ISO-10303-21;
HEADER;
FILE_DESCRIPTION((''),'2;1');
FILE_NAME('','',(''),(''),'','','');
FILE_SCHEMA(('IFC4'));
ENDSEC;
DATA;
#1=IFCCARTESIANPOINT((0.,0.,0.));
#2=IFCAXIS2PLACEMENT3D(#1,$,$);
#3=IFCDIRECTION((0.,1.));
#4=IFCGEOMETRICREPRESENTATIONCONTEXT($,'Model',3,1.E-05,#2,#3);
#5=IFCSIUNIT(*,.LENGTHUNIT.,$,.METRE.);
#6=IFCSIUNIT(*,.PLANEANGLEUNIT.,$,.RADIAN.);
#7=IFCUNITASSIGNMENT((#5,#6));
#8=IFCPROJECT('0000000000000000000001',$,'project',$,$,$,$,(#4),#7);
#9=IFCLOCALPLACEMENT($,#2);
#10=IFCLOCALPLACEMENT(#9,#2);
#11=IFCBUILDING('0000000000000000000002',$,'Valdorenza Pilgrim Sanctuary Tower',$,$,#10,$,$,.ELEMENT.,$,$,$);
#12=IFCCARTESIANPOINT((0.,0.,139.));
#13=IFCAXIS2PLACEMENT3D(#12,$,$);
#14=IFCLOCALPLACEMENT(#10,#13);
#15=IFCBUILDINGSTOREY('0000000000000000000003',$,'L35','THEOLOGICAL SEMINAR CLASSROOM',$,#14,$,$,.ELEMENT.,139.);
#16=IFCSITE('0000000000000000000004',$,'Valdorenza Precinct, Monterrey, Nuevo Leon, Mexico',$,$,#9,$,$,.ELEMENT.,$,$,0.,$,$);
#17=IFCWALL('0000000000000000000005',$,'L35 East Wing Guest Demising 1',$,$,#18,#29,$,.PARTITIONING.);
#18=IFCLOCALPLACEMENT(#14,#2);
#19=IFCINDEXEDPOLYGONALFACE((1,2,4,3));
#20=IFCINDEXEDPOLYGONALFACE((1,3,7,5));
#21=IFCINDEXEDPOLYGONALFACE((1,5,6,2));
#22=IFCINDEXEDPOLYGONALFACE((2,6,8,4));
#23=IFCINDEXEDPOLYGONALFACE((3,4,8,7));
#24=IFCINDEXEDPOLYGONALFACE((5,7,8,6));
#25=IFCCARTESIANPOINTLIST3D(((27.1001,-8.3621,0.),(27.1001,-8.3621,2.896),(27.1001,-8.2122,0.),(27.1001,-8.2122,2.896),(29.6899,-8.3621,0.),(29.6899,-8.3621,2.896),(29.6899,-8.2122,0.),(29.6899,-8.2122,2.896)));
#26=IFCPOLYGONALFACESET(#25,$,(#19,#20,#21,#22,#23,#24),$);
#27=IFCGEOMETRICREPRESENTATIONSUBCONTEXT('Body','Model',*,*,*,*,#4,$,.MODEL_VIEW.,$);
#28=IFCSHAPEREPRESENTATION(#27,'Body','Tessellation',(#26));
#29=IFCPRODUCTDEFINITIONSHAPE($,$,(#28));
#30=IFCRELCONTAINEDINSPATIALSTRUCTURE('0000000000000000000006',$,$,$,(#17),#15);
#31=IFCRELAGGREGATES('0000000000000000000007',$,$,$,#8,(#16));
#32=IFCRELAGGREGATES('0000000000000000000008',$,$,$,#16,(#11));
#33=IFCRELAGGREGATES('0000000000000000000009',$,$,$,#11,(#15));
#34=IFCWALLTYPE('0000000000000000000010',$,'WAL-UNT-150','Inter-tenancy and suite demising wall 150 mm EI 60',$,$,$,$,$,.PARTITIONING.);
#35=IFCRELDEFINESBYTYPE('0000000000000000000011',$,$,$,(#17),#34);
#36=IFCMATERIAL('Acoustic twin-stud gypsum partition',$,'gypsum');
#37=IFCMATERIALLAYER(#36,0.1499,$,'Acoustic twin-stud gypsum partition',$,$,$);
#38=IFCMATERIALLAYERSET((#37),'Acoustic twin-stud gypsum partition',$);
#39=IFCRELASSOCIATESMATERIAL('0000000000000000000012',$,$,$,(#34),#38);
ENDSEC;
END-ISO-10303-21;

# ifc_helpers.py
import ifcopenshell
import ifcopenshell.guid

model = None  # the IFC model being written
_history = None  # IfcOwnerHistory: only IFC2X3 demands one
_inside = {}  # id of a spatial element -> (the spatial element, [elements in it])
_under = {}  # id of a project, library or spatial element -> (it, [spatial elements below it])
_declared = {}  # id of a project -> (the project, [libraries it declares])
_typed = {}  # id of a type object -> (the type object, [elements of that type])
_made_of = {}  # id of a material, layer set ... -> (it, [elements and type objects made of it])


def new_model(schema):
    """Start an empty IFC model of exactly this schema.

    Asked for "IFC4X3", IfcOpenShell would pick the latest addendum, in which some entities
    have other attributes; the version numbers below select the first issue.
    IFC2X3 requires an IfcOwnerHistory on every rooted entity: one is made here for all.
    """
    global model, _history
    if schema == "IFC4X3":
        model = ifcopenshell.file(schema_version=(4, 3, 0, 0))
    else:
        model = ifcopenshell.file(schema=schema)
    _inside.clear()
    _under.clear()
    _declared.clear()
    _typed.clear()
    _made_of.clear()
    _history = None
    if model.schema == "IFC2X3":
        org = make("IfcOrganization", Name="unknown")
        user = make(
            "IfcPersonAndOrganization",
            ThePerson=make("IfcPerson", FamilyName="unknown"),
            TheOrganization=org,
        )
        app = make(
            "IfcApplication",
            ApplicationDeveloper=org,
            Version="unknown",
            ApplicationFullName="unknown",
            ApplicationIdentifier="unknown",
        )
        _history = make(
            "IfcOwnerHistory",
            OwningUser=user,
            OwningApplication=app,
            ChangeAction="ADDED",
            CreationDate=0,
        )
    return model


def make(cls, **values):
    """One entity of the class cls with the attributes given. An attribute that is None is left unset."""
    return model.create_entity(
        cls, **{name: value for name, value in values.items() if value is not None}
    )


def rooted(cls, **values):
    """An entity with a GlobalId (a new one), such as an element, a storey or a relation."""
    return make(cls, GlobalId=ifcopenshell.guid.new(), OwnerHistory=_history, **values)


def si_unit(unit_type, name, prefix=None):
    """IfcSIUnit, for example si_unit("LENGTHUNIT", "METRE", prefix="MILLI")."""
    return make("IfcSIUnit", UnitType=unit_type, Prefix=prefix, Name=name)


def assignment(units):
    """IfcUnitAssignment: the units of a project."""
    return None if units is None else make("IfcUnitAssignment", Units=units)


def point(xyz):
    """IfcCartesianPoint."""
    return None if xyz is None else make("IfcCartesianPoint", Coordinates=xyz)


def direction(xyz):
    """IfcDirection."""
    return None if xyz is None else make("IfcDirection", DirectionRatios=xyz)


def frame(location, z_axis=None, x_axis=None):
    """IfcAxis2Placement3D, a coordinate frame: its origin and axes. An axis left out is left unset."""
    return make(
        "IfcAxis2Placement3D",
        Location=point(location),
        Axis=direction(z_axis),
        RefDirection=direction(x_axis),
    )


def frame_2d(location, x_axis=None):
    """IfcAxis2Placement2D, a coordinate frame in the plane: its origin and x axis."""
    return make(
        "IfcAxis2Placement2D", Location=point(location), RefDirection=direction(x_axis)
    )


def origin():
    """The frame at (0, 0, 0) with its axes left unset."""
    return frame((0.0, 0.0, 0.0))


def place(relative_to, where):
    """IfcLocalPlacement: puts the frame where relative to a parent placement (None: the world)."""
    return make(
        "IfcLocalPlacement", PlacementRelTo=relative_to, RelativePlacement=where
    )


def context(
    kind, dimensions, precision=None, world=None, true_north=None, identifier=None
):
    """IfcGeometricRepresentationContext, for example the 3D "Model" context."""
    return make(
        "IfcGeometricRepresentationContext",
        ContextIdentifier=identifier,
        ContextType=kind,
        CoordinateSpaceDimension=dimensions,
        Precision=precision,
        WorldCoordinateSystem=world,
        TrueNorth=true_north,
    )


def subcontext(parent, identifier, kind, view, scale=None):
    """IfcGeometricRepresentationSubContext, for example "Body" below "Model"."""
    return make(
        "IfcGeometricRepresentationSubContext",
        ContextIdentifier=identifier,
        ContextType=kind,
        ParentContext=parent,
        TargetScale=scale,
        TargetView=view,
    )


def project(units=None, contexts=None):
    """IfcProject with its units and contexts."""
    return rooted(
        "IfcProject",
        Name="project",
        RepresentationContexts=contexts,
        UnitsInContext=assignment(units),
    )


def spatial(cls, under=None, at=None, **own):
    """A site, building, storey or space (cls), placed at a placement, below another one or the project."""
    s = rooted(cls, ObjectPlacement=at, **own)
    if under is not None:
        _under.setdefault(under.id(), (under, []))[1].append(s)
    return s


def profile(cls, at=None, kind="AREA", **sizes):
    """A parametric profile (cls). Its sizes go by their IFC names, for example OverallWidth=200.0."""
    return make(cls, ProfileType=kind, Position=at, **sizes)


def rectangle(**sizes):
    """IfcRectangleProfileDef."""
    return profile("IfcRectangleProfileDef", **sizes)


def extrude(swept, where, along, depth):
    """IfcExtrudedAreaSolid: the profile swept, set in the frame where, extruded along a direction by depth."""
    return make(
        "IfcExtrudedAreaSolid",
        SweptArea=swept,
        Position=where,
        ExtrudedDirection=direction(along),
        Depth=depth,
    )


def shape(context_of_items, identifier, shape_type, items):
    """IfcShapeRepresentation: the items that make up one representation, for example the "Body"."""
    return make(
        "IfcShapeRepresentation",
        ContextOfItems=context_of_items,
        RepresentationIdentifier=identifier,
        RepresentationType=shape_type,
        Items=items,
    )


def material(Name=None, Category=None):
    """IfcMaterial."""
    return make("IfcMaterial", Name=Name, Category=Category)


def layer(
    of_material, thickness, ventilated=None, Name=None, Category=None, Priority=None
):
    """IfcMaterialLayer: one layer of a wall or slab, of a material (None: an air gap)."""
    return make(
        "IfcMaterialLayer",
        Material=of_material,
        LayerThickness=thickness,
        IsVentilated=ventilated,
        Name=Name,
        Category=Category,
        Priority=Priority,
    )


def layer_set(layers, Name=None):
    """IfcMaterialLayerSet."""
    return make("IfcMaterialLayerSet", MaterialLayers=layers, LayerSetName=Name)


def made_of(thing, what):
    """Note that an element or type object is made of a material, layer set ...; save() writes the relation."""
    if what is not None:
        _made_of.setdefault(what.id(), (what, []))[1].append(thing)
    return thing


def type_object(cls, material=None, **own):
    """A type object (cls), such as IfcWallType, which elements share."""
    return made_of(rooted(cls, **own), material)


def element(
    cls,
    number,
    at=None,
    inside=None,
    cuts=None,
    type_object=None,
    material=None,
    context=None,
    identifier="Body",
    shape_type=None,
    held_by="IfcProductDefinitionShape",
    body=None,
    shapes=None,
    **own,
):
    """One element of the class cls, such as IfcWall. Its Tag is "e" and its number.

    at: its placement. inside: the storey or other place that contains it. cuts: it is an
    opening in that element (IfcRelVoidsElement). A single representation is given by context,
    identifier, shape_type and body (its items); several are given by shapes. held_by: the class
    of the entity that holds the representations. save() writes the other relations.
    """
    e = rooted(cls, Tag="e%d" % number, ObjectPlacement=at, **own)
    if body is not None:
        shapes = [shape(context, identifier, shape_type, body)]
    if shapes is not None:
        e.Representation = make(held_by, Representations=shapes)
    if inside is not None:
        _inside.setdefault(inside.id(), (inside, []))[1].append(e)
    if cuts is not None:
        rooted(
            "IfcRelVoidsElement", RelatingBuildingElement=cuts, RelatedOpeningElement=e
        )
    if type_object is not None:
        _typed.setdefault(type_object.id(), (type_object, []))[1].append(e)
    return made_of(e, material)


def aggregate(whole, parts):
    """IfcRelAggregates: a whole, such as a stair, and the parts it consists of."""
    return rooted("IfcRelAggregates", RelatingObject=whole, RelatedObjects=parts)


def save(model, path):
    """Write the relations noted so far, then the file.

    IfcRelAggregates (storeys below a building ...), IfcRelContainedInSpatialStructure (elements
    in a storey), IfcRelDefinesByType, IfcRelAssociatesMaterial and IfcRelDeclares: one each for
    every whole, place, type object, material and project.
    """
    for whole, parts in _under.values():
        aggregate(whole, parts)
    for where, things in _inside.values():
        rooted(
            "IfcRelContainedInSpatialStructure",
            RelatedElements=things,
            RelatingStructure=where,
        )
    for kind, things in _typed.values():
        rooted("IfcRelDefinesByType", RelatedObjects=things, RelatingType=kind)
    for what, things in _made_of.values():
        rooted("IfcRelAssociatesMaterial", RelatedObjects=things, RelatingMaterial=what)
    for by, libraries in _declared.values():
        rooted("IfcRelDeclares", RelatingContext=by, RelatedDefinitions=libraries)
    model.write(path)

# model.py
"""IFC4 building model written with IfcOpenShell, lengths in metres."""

from ifc_helpers import new_model, si_unit, direction, frame, frame_2d, origin, place, context, subcontext, project, spatial, rectangle, extrude, material, layer, layer_set, type_object, element, save


model = new_model("IFC4")

# Units and contexts
model_context = context("Model", 3, precision=1e-05, world=origin(), true_north=direction((0.0, 1.0)))
body_context = subcontext(model_context, "Body", "Model", "MODEL_VIEW")
ifc_project = project(units=[si_unit("LENGTHUNIT", "METRE"), si_unit("PLANEANGLEUNIT", "RADIAN")], contexts=[model_context])

# Site, building, storey
site_placement = place(None, origin())
site = spatial("IfcSite", under=ifc_project, at=site_placement, Name="Valdorenza Precinct, Monterrey, Nuevo Leon, Mexico", CompositionType="ELEMENT", RefElevation=0.0)
building_placement = place(site_placement, origin())
building = spatial("IfcBuilding", under=site, at=building_placement, Name="Valdorenza Pilgrim Sanctuary Tower", CompositionType="ELEMENT")
storey_placement = place(building_placement, frame((0.0, 0.0, 139.0)))
storey = spatial("IfcBuildingStorey", under=building, at=storey_placement, Name="L35", Description="THEOLOGICAL SEMINAR CLASSROOM", CompositionType="ELEMENT", Elevation=139.0)

# Shared definitions
ifc_material_1 = material(Name="Acoustic twin-stud gypsum partition", Category="gypsum")

# Wall
ifc_layer_1 = layer(ifc_material_1, 0.1499, Name="Acoustic twin-stud gypsum partition")
ifc_layer_set_1 = layer_set([ifc_layer_1], Name="Acoustic twin-stud gypsum partition")
wall_type_1 = type_object("IfcWallType", Name="WAL-UNT-150", Description="Inter-tenancy and suite demising wall 150 mm EI 60", PredefinedType="PARTITIONING", material=ifc_layer_set_1)
wall_1_placement = place(storey_placement, frame((27.1001, -8.2871, 0.0), z_axis=(0.0, 0.0, 1.0), x_axis=(1.0, 0.0, 0.0)))
element("IfcWall", 1, at=wall_1_placement, inside=storey, type_object=wall_type_1, Name="L35 East Wing Guest Demising 1", PredefinedType="PARTITIONING", context=body_context, shape_type="SweptSolid", body=[
    extrude(rectangle(XDim=2.5898, YDim=0.1499, at=frame_2d((1.2949, 0.0))), origin(), (0.0, 0.0, 1.0), 2.896),
])

save(model, "model.ifc")
